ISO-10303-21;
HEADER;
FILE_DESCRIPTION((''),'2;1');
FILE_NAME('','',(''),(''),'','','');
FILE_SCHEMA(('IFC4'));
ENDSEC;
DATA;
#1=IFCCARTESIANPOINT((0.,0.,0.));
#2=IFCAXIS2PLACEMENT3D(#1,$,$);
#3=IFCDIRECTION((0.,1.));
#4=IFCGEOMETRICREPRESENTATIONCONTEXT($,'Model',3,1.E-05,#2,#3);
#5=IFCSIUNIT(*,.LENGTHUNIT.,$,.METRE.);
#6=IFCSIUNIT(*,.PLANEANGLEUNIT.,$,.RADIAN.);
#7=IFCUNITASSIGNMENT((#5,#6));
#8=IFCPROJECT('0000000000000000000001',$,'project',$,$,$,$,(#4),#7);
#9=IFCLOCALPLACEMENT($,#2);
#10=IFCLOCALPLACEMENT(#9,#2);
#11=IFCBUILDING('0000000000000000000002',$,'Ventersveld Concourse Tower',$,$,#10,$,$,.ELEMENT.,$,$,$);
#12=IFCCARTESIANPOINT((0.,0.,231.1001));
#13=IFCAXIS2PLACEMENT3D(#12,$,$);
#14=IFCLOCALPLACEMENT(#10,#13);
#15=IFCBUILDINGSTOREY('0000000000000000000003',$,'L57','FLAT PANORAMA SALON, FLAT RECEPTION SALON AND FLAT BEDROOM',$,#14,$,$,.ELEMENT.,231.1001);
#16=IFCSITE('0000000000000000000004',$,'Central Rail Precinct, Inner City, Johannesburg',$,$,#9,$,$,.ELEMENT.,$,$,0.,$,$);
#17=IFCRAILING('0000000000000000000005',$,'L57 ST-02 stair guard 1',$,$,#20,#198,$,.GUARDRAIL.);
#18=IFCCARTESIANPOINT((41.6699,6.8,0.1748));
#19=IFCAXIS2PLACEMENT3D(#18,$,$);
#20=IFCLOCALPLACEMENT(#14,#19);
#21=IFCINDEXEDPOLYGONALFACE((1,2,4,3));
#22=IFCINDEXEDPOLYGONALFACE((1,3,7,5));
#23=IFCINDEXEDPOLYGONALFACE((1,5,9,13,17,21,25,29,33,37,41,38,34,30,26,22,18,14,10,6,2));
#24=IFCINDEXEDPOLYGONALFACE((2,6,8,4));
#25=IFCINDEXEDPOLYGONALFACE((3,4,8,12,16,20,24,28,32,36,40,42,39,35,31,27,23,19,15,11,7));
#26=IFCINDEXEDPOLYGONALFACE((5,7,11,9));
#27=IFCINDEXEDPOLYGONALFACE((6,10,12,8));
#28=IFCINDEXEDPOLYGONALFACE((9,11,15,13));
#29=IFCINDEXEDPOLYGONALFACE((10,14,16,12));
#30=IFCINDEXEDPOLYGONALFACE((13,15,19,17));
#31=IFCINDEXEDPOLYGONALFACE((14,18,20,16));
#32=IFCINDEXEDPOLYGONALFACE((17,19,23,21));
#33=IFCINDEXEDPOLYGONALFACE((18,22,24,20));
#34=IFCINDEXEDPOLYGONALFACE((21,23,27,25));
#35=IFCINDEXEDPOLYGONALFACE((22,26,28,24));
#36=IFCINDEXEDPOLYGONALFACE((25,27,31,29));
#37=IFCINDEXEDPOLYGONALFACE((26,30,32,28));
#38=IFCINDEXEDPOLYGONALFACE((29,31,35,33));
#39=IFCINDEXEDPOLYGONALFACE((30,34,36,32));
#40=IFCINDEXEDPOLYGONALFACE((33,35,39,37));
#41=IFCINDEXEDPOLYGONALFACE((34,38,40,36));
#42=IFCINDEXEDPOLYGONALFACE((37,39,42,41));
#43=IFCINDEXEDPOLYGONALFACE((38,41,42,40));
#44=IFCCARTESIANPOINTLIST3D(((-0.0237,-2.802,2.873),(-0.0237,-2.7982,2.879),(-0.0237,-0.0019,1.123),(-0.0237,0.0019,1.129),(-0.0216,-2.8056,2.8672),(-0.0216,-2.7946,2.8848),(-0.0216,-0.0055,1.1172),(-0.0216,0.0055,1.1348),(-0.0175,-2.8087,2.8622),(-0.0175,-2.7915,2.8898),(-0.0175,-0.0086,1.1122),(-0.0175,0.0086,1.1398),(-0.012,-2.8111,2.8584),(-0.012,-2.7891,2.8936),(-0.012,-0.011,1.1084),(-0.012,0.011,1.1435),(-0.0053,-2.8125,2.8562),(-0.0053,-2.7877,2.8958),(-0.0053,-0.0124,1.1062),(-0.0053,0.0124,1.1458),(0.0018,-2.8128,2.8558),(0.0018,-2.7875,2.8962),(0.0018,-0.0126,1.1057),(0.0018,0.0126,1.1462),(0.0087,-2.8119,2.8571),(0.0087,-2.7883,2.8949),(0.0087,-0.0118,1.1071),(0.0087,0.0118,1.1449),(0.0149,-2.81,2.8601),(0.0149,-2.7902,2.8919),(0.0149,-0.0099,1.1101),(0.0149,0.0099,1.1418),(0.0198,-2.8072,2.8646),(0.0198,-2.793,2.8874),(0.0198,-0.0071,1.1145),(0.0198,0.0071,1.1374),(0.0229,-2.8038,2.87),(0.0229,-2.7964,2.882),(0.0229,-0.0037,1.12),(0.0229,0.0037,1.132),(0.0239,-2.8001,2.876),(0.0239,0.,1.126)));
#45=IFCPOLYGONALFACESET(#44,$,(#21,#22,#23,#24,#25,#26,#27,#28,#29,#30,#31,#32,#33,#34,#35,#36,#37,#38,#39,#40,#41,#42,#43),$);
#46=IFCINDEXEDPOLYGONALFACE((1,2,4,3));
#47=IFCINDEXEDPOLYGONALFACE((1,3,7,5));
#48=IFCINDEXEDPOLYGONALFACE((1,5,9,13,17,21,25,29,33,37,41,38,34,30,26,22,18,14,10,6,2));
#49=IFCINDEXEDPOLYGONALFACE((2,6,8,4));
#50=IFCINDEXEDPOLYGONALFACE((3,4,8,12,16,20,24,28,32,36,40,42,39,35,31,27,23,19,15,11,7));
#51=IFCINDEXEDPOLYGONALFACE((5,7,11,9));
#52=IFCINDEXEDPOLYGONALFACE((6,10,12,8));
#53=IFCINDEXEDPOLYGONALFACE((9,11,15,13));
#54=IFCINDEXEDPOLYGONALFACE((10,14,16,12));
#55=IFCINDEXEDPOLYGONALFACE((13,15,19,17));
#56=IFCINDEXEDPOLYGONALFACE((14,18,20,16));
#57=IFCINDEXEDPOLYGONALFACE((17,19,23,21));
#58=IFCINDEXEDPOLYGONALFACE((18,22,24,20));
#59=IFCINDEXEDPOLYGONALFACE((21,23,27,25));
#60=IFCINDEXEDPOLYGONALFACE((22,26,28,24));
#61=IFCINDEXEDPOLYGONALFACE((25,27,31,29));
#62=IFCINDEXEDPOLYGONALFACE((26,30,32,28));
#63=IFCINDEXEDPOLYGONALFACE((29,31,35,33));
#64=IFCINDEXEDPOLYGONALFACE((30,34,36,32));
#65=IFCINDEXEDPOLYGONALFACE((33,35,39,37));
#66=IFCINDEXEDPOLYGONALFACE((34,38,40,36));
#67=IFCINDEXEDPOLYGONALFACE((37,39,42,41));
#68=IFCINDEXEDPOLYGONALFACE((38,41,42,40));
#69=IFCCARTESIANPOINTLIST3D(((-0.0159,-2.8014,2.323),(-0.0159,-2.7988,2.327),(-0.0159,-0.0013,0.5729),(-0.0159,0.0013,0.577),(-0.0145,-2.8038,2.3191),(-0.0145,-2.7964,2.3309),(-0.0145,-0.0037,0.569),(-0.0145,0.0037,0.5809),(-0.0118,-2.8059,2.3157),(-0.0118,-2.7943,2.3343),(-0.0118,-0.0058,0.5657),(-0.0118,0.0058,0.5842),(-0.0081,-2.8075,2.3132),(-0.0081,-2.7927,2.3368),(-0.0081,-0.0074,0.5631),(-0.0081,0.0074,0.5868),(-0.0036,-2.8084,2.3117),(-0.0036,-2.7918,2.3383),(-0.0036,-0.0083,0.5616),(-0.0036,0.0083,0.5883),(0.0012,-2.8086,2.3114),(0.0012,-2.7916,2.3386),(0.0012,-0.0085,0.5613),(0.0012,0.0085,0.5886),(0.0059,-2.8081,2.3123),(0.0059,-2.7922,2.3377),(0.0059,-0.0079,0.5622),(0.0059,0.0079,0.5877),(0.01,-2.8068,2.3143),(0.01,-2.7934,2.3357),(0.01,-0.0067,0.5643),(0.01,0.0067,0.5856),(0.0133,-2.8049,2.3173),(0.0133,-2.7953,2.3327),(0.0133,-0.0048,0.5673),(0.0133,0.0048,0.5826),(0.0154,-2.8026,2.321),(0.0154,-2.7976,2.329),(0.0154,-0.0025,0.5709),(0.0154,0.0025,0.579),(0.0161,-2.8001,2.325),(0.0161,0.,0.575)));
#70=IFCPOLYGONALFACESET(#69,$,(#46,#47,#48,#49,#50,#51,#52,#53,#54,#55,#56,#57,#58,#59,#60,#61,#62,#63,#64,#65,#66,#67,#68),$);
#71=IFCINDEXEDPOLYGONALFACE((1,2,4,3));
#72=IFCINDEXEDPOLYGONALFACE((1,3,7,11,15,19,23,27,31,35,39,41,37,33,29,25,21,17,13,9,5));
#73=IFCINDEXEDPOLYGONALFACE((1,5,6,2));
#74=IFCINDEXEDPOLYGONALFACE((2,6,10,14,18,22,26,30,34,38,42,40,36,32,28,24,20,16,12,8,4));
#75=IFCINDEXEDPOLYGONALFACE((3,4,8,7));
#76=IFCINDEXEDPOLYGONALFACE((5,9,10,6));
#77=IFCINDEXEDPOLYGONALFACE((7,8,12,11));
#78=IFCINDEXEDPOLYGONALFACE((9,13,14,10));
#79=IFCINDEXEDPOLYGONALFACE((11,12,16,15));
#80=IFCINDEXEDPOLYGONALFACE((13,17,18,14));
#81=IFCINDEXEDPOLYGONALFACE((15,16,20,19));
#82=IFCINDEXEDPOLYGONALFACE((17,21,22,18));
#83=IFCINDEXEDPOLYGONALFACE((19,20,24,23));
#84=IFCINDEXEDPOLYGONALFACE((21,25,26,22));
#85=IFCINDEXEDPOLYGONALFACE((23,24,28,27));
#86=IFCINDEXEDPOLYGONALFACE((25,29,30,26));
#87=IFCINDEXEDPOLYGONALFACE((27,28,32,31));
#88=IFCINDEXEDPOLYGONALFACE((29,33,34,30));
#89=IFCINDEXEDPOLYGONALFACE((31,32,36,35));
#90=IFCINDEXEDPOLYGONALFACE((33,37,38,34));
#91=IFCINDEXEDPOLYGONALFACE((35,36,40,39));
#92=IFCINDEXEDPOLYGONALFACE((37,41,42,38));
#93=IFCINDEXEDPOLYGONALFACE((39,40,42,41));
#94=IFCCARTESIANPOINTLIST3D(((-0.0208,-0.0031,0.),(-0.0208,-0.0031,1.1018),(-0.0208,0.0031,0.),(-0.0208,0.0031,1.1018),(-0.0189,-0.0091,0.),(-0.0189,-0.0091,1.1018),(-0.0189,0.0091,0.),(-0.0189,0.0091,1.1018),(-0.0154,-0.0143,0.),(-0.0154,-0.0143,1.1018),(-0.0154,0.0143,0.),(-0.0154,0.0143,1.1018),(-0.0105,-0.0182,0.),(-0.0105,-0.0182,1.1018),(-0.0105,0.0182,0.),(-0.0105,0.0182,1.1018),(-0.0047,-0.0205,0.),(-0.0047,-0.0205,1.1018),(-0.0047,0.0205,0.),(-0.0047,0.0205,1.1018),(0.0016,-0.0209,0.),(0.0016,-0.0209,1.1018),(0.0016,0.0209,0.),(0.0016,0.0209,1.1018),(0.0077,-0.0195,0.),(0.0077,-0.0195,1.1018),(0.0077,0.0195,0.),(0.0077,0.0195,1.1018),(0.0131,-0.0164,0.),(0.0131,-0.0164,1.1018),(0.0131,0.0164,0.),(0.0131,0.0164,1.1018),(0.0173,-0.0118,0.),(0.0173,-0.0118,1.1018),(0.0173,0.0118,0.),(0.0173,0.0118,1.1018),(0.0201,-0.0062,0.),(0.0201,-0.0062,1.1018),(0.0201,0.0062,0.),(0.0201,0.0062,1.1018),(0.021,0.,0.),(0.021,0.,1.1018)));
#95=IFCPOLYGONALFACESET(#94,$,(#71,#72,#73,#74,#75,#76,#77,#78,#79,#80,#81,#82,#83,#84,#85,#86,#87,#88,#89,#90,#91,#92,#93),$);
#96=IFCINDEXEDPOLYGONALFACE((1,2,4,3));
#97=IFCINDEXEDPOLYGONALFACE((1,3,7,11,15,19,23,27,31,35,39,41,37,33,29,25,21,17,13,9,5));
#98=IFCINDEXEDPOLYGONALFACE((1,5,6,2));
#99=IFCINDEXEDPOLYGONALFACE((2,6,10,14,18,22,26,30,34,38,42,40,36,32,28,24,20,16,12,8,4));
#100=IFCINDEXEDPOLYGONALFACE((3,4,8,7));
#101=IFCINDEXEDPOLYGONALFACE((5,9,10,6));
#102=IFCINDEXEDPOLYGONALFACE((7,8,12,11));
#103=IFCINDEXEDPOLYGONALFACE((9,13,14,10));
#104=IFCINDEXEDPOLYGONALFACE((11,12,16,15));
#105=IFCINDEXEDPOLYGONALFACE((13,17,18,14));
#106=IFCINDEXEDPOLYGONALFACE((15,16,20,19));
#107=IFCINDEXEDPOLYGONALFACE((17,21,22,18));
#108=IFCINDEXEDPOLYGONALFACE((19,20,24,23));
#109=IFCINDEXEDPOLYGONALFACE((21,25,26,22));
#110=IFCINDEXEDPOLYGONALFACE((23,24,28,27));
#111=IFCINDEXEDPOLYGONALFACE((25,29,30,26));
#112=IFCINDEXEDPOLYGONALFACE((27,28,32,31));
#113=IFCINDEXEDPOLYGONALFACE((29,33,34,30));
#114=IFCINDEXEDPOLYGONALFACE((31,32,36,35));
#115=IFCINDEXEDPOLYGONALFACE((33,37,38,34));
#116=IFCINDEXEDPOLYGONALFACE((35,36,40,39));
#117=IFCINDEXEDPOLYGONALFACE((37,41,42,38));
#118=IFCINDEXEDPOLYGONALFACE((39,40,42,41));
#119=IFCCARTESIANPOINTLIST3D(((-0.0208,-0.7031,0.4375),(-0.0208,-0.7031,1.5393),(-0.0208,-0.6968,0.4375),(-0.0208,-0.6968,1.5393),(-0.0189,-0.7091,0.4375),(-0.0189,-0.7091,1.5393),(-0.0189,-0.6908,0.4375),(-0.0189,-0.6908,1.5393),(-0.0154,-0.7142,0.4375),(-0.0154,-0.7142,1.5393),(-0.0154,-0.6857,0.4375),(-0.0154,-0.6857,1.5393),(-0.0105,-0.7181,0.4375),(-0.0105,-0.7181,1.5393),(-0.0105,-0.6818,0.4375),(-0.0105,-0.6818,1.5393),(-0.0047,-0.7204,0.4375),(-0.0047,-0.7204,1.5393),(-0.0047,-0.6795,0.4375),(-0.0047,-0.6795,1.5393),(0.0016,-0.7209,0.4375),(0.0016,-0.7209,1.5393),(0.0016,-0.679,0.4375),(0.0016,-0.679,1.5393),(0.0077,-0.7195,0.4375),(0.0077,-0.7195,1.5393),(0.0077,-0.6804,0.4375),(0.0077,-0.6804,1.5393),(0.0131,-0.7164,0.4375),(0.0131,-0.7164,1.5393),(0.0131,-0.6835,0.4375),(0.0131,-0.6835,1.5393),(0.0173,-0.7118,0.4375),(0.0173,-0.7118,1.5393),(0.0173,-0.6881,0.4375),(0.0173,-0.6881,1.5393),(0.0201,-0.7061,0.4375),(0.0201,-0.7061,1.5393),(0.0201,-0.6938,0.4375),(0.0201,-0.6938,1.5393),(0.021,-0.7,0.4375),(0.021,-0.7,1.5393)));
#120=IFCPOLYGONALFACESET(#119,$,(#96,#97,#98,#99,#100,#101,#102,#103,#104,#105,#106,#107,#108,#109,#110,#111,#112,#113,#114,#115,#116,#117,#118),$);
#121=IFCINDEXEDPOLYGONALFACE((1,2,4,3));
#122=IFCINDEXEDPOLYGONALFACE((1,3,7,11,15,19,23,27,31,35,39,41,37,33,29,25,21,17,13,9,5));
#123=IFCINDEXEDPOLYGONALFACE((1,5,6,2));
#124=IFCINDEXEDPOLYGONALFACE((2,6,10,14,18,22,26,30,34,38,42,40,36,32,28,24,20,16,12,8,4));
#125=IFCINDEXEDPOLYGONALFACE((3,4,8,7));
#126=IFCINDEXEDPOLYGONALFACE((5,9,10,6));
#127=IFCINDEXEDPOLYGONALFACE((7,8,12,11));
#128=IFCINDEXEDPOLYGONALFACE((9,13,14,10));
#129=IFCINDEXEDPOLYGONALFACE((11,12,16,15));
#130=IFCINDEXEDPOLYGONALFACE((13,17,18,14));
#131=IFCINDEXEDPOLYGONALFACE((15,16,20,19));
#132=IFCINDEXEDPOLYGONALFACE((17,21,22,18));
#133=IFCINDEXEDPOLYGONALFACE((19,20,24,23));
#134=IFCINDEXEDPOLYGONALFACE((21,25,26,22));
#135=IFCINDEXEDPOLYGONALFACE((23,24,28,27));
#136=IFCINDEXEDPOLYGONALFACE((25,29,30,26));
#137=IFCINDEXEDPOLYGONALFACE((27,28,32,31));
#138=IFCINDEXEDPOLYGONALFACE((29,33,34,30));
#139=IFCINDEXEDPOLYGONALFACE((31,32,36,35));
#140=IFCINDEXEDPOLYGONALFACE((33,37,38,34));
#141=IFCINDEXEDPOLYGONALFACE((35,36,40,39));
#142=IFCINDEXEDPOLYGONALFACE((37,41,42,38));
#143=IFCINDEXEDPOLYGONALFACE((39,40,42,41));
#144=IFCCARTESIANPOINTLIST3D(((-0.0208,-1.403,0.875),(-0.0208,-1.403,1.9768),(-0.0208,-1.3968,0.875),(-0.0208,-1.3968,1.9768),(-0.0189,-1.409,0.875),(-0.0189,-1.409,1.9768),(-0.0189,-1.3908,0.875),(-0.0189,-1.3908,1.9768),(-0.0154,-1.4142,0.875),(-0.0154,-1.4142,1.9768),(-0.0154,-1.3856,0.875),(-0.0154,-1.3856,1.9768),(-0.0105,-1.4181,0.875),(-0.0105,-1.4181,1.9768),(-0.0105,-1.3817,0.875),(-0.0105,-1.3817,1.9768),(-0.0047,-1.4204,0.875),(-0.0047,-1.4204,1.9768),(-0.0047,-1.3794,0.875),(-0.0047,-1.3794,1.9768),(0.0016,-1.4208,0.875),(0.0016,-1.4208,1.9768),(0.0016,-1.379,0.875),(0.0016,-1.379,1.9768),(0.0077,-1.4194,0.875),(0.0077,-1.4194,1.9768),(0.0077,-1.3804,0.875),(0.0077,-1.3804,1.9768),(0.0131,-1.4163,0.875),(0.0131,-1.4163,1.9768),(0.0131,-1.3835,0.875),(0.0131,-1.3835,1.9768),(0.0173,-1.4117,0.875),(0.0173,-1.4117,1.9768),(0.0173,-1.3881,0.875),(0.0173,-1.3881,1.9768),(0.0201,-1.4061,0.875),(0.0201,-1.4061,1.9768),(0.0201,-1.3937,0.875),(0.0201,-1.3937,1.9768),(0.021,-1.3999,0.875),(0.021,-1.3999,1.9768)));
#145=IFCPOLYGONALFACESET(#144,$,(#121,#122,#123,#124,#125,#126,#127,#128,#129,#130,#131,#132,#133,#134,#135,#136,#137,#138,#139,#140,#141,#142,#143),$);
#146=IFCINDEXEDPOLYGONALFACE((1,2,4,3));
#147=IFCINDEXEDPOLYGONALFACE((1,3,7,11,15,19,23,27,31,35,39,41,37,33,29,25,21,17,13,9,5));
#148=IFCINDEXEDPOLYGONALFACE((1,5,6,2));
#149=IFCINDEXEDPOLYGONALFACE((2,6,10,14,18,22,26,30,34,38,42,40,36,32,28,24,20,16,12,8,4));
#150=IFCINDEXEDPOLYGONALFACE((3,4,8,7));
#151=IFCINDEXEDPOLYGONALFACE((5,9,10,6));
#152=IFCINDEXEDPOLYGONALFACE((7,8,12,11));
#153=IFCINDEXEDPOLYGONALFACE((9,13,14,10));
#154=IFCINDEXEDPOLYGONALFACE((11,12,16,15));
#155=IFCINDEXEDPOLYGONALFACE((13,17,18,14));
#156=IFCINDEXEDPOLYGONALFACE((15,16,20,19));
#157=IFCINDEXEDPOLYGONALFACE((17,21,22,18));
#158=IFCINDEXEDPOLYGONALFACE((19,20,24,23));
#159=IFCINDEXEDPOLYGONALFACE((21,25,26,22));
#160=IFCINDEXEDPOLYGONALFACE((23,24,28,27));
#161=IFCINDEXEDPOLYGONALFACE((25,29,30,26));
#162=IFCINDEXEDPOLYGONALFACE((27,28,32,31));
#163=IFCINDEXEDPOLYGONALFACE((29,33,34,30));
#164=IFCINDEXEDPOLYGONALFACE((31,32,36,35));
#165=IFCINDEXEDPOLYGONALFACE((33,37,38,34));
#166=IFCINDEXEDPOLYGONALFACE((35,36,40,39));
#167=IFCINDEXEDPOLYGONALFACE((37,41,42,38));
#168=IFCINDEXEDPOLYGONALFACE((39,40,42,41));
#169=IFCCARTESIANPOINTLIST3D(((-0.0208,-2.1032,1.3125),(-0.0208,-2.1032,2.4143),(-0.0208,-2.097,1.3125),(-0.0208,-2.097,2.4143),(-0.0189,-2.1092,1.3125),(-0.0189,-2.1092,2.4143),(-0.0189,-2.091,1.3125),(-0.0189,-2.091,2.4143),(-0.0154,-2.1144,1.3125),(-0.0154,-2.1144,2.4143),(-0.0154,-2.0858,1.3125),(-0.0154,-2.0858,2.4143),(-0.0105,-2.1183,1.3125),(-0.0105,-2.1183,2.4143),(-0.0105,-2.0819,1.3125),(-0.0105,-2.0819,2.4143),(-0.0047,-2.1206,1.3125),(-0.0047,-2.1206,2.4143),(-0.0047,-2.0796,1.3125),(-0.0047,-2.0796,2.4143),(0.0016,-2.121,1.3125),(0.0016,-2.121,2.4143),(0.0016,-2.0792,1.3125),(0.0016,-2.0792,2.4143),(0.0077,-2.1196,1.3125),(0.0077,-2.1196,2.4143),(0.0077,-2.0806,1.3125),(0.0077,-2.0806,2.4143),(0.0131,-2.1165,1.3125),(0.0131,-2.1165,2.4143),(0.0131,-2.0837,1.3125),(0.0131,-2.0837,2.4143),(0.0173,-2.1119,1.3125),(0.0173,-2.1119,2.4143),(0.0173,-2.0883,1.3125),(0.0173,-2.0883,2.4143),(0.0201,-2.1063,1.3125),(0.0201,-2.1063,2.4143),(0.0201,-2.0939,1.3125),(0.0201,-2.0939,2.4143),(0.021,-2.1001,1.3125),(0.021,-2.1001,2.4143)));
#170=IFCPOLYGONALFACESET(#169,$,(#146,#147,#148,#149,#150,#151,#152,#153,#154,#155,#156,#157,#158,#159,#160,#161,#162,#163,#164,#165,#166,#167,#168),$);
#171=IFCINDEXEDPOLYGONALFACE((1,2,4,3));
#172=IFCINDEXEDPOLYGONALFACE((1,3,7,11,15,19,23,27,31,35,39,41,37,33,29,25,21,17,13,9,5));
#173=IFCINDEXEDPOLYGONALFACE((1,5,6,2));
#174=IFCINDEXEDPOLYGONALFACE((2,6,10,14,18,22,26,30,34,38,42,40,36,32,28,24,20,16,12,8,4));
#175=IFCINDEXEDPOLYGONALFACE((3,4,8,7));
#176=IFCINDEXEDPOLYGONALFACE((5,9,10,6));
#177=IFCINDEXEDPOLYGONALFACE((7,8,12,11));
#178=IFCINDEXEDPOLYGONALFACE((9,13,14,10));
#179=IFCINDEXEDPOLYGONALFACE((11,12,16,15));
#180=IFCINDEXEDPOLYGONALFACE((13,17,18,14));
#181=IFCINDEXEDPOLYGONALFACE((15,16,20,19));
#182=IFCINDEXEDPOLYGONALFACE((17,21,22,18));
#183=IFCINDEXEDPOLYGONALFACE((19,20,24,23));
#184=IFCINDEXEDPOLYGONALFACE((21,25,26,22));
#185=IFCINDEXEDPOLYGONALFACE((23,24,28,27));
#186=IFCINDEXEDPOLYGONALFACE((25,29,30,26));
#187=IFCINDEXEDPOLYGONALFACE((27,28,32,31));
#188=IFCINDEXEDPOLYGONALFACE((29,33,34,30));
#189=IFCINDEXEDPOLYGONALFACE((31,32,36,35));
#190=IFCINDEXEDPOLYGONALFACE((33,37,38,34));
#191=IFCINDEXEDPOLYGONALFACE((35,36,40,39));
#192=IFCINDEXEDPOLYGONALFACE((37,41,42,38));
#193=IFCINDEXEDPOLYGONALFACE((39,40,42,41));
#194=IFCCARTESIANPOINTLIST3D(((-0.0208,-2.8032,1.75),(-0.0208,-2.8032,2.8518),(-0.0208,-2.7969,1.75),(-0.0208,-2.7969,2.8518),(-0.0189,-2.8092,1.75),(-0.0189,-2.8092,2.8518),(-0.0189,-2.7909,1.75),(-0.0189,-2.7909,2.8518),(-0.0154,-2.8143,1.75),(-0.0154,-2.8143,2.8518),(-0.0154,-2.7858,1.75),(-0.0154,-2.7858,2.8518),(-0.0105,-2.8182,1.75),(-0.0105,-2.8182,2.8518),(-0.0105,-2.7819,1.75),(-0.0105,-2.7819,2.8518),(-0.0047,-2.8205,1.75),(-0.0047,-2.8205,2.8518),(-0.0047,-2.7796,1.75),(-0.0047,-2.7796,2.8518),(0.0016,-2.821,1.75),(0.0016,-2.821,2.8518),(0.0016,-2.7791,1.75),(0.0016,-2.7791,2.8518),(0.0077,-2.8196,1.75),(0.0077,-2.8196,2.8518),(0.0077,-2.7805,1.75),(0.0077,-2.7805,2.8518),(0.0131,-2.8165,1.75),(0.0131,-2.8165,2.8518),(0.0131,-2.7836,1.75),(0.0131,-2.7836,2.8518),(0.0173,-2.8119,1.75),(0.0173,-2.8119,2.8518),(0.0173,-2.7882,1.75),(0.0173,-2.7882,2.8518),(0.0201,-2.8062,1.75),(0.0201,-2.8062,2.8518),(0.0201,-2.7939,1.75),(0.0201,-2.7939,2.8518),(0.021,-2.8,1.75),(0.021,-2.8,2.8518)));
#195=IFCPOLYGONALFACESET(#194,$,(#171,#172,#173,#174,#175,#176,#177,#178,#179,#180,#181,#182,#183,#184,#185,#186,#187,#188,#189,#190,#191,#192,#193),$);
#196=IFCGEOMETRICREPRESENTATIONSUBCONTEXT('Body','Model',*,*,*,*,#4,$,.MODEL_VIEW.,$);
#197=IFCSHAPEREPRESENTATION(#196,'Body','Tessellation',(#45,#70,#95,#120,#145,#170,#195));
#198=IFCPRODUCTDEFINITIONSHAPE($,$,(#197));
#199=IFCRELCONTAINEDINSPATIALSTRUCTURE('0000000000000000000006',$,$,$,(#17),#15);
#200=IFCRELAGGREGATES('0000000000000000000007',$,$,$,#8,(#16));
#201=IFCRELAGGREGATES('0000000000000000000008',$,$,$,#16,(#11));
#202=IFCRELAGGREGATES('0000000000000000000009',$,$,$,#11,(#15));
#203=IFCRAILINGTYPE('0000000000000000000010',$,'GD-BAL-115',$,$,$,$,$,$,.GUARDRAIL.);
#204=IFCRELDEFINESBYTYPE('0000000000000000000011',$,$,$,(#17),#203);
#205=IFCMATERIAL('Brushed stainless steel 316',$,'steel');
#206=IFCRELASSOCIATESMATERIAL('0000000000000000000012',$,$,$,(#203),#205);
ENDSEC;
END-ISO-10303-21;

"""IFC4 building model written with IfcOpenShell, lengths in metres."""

from ifc_helpers import new_model, si_unit, direction, frame, origin, origin_2d, place, context, subcontext, project, spatial, circle, extrude, material, type_object, element, save


model = new_model("IFC4")

# Units and contexts
model_context = context("Model", 3, precision=1e-05, world=origin(), true_north=direction((0.0, 1.0)))
body_context = subcontext(model_context, "Body", "Model", "MODEL_VIEW")
ifc_project = project(units=[si_unit("LENGTHUNIT", "METRE"), si_unit("PLANEANGLEUNIT", "RADIAN")], contexts=[model_context])

# Site, building, storey
site_placement = place(None, origin())
site = spatial("IfcSite", under=ifc_project, at=site_placement, Name="Central Rail Precinct, Inner City, Johannesburg", CompositionType="ELEMENT", RefElevation=0.0)
building_placement = place(site_placement, origin())
building = spatial("IfcBuilding", under=site, at=building_placement, Name="Ventersveld Concourse Tower", CompositionType="ELEMENT")
storey_placement = place(building_placement, frame((0.0, 0.0, 231.1001)))
storey = spatial("IfcBuildingStorey", under=building, at=storey_placement, Name="L57", Description="FLAT PANORAMA SALON, FLAT RECEPTION SALON AND FLAT BEDROOM", CompositionType="ELEMENT", Elevation=231.1001)

# Shared definitions
ifc_material_1 = material(Name="Brushed stainless steel 316", Category="steel")

# Railing
railing_type_1 = type_object("IfcRailingType", Name="GD-BAL-115", PredefinedType="GUARDRAIL", material=ifc_material_1)
railing_1_placement = place(storey_placement, frame((41.6699, 6.8, 0.1748)))
element("IfcRailing", 1, at=railing_1_placement, inside=storey, type_object=railing_type_1, Name="L57 ST-02 stair guard 1", PredefinedType="GUARDRAIL", context=body_context, shape_type="SweptSolid", body=[
    extrude(circle(Radius=0.0239, at=origin_2d()), frame((0.0, 0.0, 1.126), z_axis=(0.0, -0.848002, 0.529992), x_axis=(1.0, 0.0, 0.0)), (0.0, 0.0, 1.0), 3.302),
    extrude(circle(Radius=0.0161, at=origin_2d()), frame((0.0, 0.0, 0.575), z_axis=(0.0, -0.848002, 0.529992), x_axis=(1.0, 0.0, 0.0)), (0.0, 0.0, 1.0), 3.302),
    extrude(circle(Radius=0.021, at=origin_2d()), origin(), (0.0, 0.0, 1.0), 1.1018),
    extrude(circle(Radius=0.021, at=origin_2d()), frame((0.0, -0.7, 0.4375)), (0.0, 0.0, 1.0), 1.1018),
    extrude(circle(Radius=0.021, at=origin_2d()), frame((0.0, -1.3999, 0.875)), (0.0, 0.0, 1.0), 1.1018),
    extrude(circle(Radius=0.021, at=origin_2d()), frame((0.0, -2.1001, 1.3125)), (0.0, 0.0, 1.0), 1.1018),
    extrude(circle(Radius=0.021, at=origin_2d()), frame((0.0, -2.8, 1.75)), (0.0, 0.0, 1.0), 1.1018),
])

save(model, "model.ifc")
